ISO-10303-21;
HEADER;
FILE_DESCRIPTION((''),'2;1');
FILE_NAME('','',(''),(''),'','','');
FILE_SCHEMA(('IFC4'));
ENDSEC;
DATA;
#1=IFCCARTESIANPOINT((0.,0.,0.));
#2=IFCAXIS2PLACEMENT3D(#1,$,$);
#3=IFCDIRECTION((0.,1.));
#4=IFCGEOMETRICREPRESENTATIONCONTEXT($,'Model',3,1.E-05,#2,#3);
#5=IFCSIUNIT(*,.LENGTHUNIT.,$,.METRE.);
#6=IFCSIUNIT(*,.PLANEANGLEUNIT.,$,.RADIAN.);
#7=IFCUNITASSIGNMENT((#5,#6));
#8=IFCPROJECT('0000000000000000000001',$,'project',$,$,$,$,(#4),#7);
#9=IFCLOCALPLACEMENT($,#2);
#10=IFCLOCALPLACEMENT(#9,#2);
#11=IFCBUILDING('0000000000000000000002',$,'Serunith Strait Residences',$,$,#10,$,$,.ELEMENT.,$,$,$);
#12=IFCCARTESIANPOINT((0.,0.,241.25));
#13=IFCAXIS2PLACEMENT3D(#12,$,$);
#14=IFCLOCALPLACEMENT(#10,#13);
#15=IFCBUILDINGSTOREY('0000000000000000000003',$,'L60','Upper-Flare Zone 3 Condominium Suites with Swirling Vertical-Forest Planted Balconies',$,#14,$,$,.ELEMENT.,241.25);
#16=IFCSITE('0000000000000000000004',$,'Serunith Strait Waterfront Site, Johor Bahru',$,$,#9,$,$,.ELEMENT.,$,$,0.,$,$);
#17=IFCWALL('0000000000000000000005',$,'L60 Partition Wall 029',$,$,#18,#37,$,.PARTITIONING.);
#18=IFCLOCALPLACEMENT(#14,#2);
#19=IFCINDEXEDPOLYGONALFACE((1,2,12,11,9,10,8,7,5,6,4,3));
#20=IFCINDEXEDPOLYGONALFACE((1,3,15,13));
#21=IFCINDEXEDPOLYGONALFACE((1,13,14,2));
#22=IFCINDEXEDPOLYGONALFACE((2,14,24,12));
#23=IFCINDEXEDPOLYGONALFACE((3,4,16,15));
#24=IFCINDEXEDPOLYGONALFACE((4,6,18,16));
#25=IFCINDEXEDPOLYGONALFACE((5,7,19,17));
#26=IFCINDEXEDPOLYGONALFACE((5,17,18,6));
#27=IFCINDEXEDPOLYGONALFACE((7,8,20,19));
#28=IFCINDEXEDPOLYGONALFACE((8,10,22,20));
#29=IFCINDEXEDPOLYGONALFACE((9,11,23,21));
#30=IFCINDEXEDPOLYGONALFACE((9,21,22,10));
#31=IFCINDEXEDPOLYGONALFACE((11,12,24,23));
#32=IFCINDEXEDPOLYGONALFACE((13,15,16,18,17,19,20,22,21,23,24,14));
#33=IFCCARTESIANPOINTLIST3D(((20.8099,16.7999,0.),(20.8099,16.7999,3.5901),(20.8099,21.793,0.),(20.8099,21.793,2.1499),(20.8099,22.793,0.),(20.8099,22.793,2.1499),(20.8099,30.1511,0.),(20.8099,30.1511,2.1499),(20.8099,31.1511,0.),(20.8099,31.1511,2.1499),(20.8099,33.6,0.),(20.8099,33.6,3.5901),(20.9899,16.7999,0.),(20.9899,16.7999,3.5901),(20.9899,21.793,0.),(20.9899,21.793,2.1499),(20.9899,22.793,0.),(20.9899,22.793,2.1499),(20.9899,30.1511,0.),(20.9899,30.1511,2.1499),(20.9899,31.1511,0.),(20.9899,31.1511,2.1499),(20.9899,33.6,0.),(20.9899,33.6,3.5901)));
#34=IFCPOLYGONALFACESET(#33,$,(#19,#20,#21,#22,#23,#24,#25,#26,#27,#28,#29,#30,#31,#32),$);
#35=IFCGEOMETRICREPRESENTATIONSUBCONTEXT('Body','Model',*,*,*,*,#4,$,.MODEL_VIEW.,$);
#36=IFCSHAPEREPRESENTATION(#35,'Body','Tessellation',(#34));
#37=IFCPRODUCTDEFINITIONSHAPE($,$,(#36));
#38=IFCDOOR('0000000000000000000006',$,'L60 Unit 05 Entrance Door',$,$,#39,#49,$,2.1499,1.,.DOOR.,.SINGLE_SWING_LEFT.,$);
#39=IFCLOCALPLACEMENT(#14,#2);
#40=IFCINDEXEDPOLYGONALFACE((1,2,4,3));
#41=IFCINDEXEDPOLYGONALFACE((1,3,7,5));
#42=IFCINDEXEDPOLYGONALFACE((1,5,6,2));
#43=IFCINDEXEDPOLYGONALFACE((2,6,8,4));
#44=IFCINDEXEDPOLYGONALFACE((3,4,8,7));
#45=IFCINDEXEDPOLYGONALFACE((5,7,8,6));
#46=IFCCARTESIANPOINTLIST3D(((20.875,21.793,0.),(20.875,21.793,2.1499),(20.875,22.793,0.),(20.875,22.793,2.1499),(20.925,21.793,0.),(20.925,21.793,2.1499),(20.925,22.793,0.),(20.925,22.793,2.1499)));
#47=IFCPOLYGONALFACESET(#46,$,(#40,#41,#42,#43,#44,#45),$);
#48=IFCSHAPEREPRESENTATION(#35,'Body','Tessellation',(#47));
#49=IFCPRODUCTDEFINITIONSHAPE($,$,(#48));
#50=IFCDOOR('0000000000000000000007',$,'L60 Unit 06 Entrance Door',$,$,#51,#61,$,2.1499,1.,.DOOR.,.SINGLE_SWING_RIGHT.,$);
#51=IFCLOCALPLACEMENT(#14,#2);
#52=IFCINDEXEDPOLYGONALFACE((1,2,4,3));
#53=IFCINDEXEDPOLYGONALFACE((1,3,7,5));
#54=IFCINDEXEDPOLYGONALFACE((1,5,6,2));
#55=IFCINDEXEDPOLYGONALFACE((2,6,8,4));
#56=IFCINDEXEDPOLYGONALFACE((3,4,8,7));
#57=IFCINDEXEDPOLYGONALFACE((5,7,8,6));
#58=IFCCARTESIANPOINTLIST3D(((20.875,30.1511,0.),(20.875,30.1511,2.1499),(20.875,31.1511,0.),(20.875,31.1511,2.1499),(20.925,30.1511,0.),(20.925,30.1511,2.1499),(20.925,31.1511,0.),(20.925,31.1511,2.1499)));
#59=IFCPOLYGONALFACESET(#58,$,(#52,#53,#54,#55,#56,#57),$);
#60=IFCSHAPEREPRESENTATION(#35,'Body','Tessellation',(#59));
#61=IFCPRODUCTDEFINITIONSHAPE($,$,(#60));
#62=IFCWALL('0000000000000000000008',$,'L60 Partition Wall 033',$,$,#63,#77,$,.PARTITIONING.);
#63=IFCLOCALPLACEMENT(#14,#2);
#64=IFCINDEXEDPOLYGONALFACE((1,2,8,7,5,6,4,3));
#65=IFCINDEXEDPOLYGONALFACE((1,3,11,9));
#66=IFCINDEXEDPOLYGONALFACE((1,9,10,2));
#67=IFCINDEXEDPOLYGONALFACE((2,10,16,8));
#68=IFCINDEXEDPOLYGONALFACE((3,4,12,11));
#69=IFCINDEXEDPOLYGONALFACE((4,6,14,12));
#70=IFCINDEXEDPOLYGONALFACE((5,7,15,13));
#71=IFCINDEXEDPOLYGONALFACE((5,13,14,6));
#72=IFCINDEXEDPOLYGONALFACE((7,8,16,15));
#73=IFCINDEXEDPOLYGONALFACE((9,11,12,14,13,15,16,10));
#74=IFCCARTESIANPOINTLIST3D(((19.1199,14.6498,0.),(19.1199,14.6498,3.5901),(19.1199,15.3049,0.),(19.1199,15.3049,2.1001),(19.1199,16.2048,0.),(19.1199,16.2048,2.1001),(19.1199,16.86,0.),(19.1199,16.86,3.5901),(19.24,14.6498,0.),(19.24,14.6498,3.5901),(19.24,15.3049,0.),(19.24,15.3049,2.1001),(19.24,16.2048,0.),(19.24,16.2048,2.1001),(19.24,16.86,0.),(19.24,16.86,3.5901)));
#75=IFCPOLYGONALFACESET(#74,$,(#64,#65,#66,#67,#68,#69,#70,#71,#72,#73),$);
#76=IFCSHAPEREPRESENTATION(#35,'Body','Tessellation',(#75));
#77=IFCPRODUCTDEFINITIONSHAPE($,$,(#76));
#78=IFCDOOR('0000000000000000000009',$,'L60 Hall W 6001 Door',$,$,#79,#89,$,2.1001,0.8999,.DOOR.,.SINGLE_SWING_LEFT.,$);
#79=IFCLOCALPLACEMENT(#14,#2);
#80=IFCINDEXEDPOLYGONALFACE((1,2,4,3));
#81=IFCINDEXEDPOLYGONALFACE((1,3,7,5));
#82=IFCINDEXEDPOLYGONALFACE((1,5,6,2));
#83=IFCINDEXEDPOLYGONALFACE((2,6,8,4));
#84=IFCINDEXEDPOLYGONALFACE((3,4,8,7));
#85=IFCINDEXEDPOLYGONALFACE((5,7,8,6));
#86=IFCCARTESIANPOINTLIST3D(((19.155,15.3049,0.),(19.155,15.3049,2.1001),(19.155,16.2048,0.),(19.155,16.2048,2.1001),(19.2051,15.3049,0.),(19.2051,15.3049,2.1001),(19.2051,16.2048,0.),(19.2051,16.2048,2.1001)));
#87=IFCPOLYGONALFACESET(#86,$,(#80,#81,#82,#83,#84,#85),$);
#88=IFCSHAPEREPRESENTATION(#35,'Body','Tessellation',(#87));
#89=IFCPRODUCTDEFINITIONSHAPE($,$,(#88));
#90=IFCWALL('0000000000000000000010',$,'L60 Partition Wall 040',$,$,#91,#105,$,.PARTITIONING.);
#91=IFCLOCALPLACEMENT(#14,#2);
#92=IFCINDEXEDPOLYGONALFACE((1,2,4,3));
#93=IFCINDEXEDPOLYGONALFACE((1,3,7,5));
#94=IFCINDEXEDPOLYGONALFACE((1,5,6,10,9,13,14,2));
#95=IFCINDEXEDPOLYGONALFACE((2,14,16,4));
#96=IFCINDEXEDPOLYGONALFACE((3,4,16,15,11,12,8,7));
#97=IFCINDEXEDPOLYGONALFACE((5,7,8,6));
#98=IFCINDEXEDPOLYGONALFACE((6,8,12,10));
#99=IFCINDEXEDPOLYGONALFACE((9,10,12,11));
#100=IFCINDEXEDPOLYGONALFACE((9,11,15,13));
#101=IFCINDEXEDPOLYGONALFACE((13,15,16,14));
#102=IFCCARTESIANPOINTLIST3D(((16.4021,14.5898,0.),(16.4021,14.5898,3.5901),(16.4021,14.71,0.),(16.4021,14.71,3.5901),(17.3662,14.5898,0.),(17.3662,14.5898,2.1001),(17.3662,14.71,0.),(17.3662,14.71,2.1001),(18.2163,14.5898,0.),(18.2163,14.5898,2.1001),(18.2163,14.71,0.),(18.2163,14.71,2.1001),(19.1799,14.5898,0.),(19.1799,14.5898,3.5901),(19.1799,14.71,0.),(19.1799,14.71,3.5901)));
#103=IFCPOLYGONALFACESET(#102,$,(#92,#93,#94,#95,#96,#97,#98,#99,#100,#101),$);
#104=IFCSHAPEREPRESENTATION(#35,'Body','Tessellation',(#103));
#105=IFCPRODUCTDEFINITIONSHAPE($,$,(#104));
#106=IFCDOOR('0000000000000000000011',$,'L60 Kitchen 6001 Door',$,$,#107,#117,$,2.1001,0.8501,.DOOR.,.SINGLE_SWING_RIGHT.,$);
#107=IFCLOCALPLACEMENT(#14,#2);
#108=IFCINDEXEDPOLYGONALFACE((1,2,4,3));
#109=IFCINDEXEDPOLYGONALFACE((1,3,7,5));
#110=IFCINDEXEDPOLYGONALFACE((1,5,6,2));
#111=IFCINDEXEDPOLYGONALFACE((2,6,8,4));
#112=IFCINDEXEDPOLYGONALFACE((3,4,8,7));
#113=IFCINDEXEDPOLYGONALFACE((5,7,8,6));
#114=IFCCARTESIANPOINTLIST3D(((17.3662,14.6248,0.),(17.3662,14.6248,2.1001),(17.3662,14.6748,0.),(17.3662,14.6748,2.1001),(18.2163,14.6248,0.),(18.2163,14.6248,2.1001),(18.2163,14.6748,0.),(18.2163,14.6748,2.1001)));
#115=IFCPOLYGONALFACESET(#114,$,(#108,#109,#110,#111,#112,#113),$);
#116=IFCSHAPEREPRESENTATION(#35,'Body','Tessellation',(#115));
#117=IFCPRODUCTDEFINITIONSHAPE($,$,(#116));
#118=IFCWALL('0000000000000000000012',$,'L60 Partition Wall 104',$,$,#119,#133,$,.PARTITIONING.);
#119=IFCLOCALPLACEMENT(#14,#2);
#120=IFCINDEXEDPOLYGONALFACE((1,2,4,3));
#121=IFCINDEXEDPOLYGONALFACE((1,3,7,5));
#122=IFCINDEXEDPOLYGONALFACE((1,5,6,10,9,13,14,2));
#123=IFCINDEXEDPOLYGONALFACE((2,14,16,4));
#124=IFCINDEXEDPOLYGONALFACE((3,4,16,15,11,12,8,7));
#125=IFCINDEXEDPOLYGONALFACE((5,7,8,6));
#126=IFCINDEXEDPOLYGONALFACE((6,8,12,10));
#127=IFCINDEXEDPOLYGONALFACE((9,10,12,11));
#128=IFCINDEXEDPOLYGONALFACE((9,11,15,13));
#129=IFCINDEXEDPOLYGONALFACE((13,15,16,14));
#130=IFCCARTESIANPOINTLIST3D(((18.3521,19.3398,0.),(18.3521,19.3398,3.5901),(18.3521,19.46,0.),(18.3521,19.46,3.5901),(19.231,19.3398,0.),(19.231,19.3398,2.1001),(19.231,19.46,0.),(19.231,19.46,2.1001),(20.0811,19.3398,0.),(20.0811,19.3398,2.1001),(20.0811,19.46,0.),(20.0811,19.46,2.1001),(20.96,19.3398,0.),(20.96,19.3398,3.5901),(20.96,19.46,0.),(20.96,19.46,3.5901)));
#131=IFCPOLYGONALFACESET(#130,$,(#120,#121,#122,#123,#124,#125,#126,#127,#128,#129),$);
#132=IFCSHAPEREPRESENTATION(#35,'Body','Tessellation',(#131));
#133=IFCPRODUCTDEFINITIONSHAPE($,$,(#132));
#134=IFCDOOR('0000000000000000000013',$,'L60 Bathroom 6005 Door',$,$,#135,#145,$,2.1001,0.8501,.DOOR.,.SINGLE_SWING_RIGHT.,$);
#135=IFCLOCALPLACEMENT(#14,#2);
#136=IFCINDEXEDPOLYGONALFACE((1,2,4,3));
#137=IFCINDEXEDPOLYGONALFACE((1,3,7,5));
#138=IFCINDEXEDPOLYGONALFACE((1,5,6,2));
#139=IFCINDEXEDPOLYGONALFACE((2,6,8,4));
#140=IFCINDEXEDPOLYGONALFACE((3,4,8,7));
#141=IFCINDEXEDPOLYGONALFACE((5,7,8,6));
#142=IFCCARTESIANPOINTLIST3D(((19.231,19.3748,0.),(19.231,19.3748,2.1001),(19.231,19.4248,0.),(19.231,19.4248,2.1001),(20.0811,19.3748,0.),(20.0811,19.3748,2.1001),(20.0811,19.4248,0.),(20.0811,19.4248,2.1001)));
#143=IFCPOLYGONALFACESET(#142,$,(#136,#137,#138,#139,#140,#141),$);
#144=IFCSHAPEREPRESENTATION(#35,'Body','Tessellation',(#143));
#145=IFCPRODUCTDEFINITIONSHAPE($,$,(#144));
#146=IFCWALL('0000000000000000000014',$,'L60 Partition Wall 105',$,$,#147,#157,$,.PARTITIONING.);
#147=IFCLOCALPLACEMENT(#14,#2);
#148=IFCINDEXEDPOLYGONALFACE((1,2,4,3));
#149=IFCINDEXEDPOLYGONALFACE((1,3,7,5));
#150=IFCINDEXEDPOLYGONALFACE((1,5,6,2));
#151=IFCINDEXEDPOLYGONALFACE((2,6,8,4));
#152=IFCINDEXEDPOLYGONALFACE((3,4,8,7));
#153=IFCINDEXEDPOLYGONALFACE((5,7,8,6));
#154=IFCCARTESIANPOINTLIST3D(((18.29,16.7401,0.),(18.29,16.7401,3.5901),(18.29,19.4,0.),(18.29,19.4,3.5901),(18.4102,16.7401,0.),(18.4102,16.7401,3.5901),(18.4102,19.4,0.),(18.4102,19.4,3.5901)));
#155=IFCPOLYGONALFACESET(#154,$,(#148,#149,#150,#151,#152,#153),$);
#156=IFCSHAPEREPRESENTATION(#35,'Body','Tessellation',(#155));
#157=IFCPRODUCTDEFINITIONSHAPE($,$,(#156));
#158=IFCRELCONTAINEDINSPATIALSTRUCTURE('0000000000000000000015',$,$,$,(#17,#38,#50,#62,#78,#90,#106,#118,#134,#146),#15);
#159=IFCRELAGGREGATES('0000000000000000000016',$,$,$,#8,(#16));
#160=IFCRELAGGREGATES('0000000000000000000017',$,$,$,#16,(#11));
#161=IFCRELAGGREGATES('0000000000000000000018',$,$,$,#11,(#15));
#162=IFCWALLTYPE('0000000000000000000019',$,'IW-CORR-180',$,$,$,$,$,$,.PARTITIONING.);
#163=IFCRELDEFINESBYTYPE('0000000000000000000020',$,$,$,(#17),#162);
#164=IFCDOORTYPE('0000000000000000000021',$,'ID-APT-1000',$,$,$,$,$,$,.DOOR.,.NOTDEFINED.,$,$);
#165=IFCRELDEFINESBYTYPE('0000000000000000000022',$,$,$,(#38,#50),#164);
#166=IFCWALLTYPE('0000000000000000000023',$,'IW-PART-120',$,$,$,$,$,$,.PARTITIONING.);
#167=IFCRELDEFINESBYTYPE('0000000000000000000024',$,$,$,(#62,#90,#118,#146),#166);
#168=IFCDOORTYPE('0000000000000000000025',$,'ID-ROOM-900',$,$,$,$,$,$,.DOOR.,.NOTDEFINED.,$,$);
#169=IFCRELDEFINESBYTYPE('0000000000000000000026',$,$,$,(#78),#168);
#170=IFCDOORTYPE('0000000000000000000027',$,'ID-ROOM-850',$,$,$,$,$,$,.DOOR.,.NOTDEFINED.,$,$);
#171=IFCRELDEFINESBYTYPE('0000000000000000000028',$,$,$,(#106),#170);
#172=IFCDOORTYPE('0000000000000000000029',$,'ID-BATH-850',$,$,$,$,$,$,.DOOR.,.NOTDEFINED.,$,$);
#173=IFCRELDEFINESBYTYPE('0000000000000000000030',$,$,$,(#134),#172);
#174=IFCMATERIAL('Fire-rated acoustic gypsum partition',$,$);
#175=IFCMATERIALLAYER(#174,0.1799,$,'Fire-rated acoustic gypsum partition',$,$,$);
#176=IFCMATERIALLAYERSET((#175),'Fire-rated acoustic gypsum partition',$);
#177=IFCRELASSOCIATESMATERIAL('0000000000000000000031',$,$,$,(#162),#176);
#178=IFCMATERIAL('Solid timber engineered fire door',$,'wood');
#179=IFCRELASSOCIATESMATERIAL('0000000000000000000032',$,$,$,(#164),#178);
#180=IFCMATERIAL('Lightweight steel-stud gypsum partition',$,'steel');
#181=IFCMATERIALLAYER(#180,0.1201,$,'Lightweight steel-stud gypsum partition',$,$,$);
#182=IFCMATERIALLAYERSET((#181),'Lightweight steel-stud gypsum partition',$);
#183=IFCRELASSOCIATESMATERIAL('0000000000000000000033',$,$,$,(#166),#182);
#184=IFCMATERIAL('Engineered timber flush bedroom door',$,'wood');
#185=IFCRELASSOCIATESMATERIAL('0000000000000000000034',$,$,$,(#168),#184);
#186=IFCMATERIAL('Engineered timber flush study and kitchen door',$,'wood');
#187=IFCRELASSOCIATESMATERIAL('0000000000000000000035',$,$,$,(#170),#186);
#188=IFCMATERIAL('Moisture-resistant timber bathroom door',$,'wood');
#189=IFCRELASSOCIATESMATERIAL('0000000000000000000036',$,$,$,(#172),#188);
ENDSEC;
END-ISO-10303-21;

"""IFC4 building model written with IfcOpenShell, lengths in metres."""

from ifc_helpers import new_model, si_unit, direction, frame, frame_2d, origin, place, context, subcontext, project, spatial, rectangle, extrude, source, transform, mapped, material, layer, layer_set, type_object, element, fill, save


model = new_model("IFC4")

# Units and contexts
model_context = context("Model", 3, precision=1e-05, world=origin(), true_north=direction((0.0, 1.0)))
body_context = subcontext(model_context, "Body", "Model", "MODEL_VIEW")
ifc_project = project(units=[si_unit("LENGTHUNIT", "METRE"), si_unit("PLANEANGLEUNIT", "RADIAN")], contexts=[model_context])

# Site, building, storey
site_placement = place(None, origin())
site = spatial("IfcSite", under=ifc_project, at=site_placement, Name="Serunith Strait Waterfront Site, Johor Bahru", CompositionType="ELEMENT", RefElevation=0.0)
building_placement = place(site_placement, origin())
building = spatial("IfcBuilding", under=site, at=building_placement, Name="Serunith Strait Residences", CompositionType="ELEMENT")
storey_placement = place(building_placement, frame((0.0, 0.0, 241.25)))
storey = spatial("IfcBuildingStorey", under=building, at=storey_placement, Name="L60", Description="Upper-Flare Zone 3 Condominium Suites with Swirling Vertical-Forest Planted Balconies", CompositionType="ELEMENT", Elevation=241.25)

# Shared definitions
ifc_material_1 = material(Name="Fire-rated acoustic gypsum partition")
ifc_layer_1 = layer(ifc_material_1, 0.1799, Name="Fire-rated acoustic gypsum partition")
ifc_layer_set_1 = layer_set([ifc_layer_1], Name="Fire-rated acoustic gypsum partition")
wall_type_1 = type_object("IfcWallType", Name="IW-CORR-180", PredefinedType="PARTITIONING", material=ifc_layer_set_1)
ifc_material_2 = material(Name="Solid timber engineered fire door", Category="wood")
door_type_1 = type_object("IfcDoorType", Name="ID-APT-1000", OperationType="NOTDEFINED", PredefinedType="DOOR", material=ifc_material_2)
shared_shape_1 = source(origin(), body_context, "Body", "SweptSolid", [
    extrude(rectangle(XDim=1.0, YDim=2.1499, at=frame_2d((0.5, 1.075))), frame((0.0, 0.0249, 0.0), z_axis=(0.0, -1.0, 0.0), x_axis=(1.0, 0.0, 0.0)), (0.0, 0.0, 1.0), 0.05),
])

# Wall, openings, doors
wall_1_placement = place(storey_placement, frame((20.8999, 16.8, 0.0), z_axis=(0.0, 0.0, 1.0), x_axis=(0.0, 1.0, 0.0)))
wall_1 = element("IfcWall", 1, at=wall_1_placement, inside=storey, type_object=wall_type_1, Name="L60 Partition Wall 029", PredefinedType="PARTITIONING", context=body_context, shape_type="SweptSolid", body=[
    extrude(rectangle(XDim=16.8, YDim=0.1799, at=frame_2d((8.3999, 0.0))), origin(), (0.0, 0.0, 1.0), 3.5901),
])
opening_1_placement = place(wall_1_placement, frame((4.9929, 0.0, 0.0)))
opening_1 = element("IfcOpeningElement", 2, at=opening_1_placement, cuts=wall_1, PredefinedType="OPENING", context=body_context, shape_type="SweptSolid", body=[
    extrude(rectangle(XDim=1.0, YDim=2.1499, at=frame_2d((0.5, 1.075))), frame((0.0, 0.1001, 0.0), z_axis=(0.0, -1.0, 0.0), x_axis=(1.0, 0.0, 0.0)), (0.0, 0.0, 1.0), 0.2),
])
opening_2_placement = place(wall_1_placement, frame((13.3511, 0.0, 0.0)))
opening_2 = element("IfcOpeningElement", 3, at=opening_2_placement, cuts=wall_1, PredefinedType="OPENING", context=body_context, shape_type="SweptSolid", body=[
    extrude(rectangle(XDim=1.0, YDim=2.1499, at=frame_2d((0.5, 1.075))), frame((0.0, 0.1001, 0.0), z_axis=(0.0, -1.0, 0.0), x_axis=(1.0, 0.0, 0.0)), (0.0, 0.0, 1.0), 0.2),
])
door_1_placement = place(opening_1_placement, origin())
door_1 = element("IfcDoor", 4, at=door_1_placement, inside=storey, type_object=door_type_1, Name="L60 Unit 05 Entrance Door", OperationType="SINGLE_SWING_LEFT", OverallHeight=2.1499, OverallWidth=1.0, PredefinedType="DOOR", context=body_context, shape_type="MappedRepresentation", body=[
    mapped(shared_shape_1, transform((0.0, 0.0, 0.0), scale=1.0)),
])
fill(opening_1, door_1)
door_2_placement = place(opening_2_placement, origin())
door_2 = element("IfcDoor", 5, at=door_2_placement, inside=storey, type_object=door_type_1, Name="L60 Unit 06 Entrance Door", OperationType="SINGLE_SWING_RIGHT", OverallHeight=2.1499, OverallWidth=1.0, PredefinedType="DOOR", context=body_context, shape_type="MappedRepresentation", body=[
    mapped(shared_shape_1, transform((0.0, 0.0, 0.0), scale=1.0)),
])
fill(opening_2, door_2)

# Walls, openings, doors
ifc_material_3 = material(Name="Lightweight steel-stud gypsum partition", Category="steel")
ifc_layer_2 = layer(ifc_material_3, 0.1201, Name="Lightweight steel-stud gypsum partition")
ifc_layer_set_2 = layer_set([ifc_layer_2], Name="Lightweight steel-stud gypsum partition")
wall_type_2 = type_object("IfcWallType", Name="IW-PART-120", PredefinedType="PARTITIONING", material=ifc_layer_set_2)
wall_2_placement = place(storey_placement, frame((19.1799, 14.6499, 0.0), z_axis=(0.0, 0.0, 1.0), x_axis=(0.0, 1.0, 0.0)))
wall_2 = element("IfcWall", 6, at=wall_2_placement, inside=storey, type_object=wall_type_2, Name="L60 Partition Wall 033", PredefinedType="PARTITIONING", context=body_context, shape_type="SweptSolid", body=[
    extrude(rectangle(XDim=2.2102, YDim=0.1201, at=frame_2d((1.105, 0.0))), origin(), (0.0, 0.0, 1.0), 3.5901),
])
opening_3_placement = place(wall_2_placement, frame((0.655, 0.0, 0.0)))
opening_3 = element("IfcOpeningElement", 7, at=opening_3_placement, cuts=wall_2, PredefinedType="OPENING", context=body_context, shape_type="SweptSolid", body=[
    extrude(rectangle(XDim=0.8999, YDim=2.1001, at=frame_2d((0.45, 1.05))), frame((0.0, 0.0701, 0.0), z_axis=(0.0, -1.0, 0.0), x_axis=(1.0, 0.0, 0.0)), (0.0, 0.0, 1.0), 0.1401),
])
ifc_material_4 = material(Name="Engineered timber flush bedroom door", Category="wood")
door_type_2 = type_object("IfcDoorType", Name="ID-ROOM-900", OperationType="NOTDEFINED", PredefinedType="DOOR", material=ifc_material_4)
shared_shape_2 = source(origin(), body_context, "Body", "SweptSolid", [
    extrude(rectangle(XDim=0.8999, YDim=2.1001, at=frame_2d((0.45, 1.05))), frame((0.0, 0.0249, 0.0), z_axis=(0.0, -1.0, 0.0), x_axis=(1.0, 0.0, 0.0)), (0.0, 0.0, 1.0), 0.05),
])
door_3_placement = place(opening_3_placement, origin())
door_3 = element("IfcDoor", 8, at=door_3_placement, inside=storey, type_object=door_type_2, Name="L60 Hall W 6001 Door", OperationType="SINGLE_SWING_LEFT", OverallHeight=2.1001, OverallWidth=0.8999, PredefinedType="DOOR", context=body_context, shape_type="MappedRepresentation", body=[
    mapped(shared_shape_2, transform((0.0, 0.0, 0.0), scale=1.0)),
])
fill(opening_3, door_3)
wall_3_placement = place(storey_placement, frame((16.4021, 14.6499, 0.0), z_axis=(0.0, 0.0, 1.0), x_axis=(1.0, 0.0, 0.0)))
wall_3 = element("IfcWall", 9, at=wall_3_placement, inside=storey, type_object=wall_type_2, Name="L60 Partition Wall 040", PredefinedType="PARTITIONING", context=body_context, shape_type="SweptSolid", body=[
    extrude(rectangle(XDim=2.7778, YDim=0.1201, at=frame_2d((1.3889, 0.0))), origin(), (0.0, 0.0, 1.0), 3.5901),
])
opening_4_placement = place(wall_3_placement, frame((0.9641, 0.0, 0.0)))
opening_4 = element("IfcOpeningElement", 10, at=opening_4_placement, cuts=wall_3, PredefinedType="OPENING", context=body_context, shape_type="SweptSolid", body=[
    extrude(rectangle(XDim=0.8501, YDim=2.1001, at=frame_2d((0.425, 1.05))), frame((0.0, 0.0701, 0.0), z_axis=(0.0, -1.0, 0.0), x_axis=(1.0, 0.0, 0.0)), (0.0, 0.0, 1.0), 0.1401),
])
ifc_material_5 = material(Name="Engineered timber flush study and kitchen door", Category="wood")
door_type_3 = type_object("IfcDoorType", Name="ID-ROOM-850", OperationType="NOTDEFINED", PredefinedType="DOOR", material=ifc_material_5)
shared_shape_3 = source(origin(), body_context, "Body", "SweptSolid", [
    extrude(rectangle(XDim=0.8501, YDim=2.1001, at=frame_2d((0.425, 1.05))), frame((0.0, 0.0249, 0.0), z_axis=(0.0, -1.0, 0.0), x_axis=(1.0, 0.0, 0.0)), (0.0, 0.0, 1.0), 0.05),
])
door_4_placement = place(opening_4_placement, origin())
door_4 = element("IfcDoor", 11, at=door_4_placement, inside=storey, type_object=door_type_3, Name="L60 Kitchen 6001 Door", OperationType="SINGLE_SWING_RIGHT", OverallHeight=2.1001, OverallWidth=0.8501, PredefinedType="DOOR", context=body_context, shape_type="MappedRepresentation", body=[
    mapped(shared_shape_3, transform((0.0, 0.0, 0.0), scale=1.0)),
])
fill(opening_4, door_4)
wall_4_placement = place(storey_placement, frame((18.3521, 19.3999, 0.0), z_axis=(0.0, 0.0, 1.0), x_axis=(1.0, 0.0, 0.0)))
wall_4 = element("IfcWall", 12, at=wall_4_placement, inside=storey, type_object=wall_type_2, Name="L60 Partition Wall 104", PredefinedType="PARTITIONING", context=body_context, shape_type="SweptSolid", body=[
    extrude(rectangle(XDim=2.6079, YDim=0.1201, at=frame_2d((1.304, 0.0))), origin(), (0.0, 0.0, 1.0), 3.5901),
])
opening_5_placement = place(wall_4_placement, frame((0.8789, 0.0, 0.0)))
opening_5 = element("IfcOpeningElement", 13, at=opening_5_placement, cuts=wall_4, PredefinedType="OPENING", context=body_context, shape_type="SweptSolid", body=[
    extrude(rectangle(XDim=0.8501, YDim=2.1001, at=frame_2d((0.425, 1.05))), frame((0.0, 0.0701, 0.0), z_axis=(0.0, -1.0, 0.0), x_axis=(1.0, 0.0, 0.0)), (0.0, 0.0, 1.0), 0.1401),
])
ifc_material_6 = material(Name="Moisture-resistant timber bathroom door", Category="wood")
door_type_4 = type_object("IfcDoorType", Name="ID-BATH-850", OperationType="NOTDEFINED", PredefinedType="DOOR", material=ifc_material_6)
door_5_placement = place(opening_5_placement, origin())
door_5 = element("IfcDoor", 14, at=door_5_placement, inside=storey, type_object=door_type_4, Name="L60 Bathroom 6005 Door", OperationType="SINGLE_SWING_RIGHT", OverallHeight=2.1001, OverallWidth=0.8501, PredefinedType="DOOR", context=body_context, shape_type="MappedRepresentation", body=[
    mapped(shared_shape_3, transform((0.0, 0.0, 0.0), scale=1.0)),
])
fill(opening_5, door_5)

# Wall
wall_5_placement = place(storey_placement, frame((18.3501, 16.74, 0.0), z_axis=(0.0, 0.0, 1.0), x_axis=(0.0, 1.0, 0.0)))
element("IfcWall", 15, at=wall_5_placement, inside=storey, type_object=wall_type_2, Name="L60 Partition Wall 105", PredefinedType="PARTITIONING", context=body_context, shape_type="SweptSolid", body=[
    extrude(rectangle(XDim=2.6599, YDim=0.1201, at=frame_2d((1.3301, 0.0))), origin(), (0.0, 0.0, 1.0), 3.5901),
])

save(model, "model.ifc")
